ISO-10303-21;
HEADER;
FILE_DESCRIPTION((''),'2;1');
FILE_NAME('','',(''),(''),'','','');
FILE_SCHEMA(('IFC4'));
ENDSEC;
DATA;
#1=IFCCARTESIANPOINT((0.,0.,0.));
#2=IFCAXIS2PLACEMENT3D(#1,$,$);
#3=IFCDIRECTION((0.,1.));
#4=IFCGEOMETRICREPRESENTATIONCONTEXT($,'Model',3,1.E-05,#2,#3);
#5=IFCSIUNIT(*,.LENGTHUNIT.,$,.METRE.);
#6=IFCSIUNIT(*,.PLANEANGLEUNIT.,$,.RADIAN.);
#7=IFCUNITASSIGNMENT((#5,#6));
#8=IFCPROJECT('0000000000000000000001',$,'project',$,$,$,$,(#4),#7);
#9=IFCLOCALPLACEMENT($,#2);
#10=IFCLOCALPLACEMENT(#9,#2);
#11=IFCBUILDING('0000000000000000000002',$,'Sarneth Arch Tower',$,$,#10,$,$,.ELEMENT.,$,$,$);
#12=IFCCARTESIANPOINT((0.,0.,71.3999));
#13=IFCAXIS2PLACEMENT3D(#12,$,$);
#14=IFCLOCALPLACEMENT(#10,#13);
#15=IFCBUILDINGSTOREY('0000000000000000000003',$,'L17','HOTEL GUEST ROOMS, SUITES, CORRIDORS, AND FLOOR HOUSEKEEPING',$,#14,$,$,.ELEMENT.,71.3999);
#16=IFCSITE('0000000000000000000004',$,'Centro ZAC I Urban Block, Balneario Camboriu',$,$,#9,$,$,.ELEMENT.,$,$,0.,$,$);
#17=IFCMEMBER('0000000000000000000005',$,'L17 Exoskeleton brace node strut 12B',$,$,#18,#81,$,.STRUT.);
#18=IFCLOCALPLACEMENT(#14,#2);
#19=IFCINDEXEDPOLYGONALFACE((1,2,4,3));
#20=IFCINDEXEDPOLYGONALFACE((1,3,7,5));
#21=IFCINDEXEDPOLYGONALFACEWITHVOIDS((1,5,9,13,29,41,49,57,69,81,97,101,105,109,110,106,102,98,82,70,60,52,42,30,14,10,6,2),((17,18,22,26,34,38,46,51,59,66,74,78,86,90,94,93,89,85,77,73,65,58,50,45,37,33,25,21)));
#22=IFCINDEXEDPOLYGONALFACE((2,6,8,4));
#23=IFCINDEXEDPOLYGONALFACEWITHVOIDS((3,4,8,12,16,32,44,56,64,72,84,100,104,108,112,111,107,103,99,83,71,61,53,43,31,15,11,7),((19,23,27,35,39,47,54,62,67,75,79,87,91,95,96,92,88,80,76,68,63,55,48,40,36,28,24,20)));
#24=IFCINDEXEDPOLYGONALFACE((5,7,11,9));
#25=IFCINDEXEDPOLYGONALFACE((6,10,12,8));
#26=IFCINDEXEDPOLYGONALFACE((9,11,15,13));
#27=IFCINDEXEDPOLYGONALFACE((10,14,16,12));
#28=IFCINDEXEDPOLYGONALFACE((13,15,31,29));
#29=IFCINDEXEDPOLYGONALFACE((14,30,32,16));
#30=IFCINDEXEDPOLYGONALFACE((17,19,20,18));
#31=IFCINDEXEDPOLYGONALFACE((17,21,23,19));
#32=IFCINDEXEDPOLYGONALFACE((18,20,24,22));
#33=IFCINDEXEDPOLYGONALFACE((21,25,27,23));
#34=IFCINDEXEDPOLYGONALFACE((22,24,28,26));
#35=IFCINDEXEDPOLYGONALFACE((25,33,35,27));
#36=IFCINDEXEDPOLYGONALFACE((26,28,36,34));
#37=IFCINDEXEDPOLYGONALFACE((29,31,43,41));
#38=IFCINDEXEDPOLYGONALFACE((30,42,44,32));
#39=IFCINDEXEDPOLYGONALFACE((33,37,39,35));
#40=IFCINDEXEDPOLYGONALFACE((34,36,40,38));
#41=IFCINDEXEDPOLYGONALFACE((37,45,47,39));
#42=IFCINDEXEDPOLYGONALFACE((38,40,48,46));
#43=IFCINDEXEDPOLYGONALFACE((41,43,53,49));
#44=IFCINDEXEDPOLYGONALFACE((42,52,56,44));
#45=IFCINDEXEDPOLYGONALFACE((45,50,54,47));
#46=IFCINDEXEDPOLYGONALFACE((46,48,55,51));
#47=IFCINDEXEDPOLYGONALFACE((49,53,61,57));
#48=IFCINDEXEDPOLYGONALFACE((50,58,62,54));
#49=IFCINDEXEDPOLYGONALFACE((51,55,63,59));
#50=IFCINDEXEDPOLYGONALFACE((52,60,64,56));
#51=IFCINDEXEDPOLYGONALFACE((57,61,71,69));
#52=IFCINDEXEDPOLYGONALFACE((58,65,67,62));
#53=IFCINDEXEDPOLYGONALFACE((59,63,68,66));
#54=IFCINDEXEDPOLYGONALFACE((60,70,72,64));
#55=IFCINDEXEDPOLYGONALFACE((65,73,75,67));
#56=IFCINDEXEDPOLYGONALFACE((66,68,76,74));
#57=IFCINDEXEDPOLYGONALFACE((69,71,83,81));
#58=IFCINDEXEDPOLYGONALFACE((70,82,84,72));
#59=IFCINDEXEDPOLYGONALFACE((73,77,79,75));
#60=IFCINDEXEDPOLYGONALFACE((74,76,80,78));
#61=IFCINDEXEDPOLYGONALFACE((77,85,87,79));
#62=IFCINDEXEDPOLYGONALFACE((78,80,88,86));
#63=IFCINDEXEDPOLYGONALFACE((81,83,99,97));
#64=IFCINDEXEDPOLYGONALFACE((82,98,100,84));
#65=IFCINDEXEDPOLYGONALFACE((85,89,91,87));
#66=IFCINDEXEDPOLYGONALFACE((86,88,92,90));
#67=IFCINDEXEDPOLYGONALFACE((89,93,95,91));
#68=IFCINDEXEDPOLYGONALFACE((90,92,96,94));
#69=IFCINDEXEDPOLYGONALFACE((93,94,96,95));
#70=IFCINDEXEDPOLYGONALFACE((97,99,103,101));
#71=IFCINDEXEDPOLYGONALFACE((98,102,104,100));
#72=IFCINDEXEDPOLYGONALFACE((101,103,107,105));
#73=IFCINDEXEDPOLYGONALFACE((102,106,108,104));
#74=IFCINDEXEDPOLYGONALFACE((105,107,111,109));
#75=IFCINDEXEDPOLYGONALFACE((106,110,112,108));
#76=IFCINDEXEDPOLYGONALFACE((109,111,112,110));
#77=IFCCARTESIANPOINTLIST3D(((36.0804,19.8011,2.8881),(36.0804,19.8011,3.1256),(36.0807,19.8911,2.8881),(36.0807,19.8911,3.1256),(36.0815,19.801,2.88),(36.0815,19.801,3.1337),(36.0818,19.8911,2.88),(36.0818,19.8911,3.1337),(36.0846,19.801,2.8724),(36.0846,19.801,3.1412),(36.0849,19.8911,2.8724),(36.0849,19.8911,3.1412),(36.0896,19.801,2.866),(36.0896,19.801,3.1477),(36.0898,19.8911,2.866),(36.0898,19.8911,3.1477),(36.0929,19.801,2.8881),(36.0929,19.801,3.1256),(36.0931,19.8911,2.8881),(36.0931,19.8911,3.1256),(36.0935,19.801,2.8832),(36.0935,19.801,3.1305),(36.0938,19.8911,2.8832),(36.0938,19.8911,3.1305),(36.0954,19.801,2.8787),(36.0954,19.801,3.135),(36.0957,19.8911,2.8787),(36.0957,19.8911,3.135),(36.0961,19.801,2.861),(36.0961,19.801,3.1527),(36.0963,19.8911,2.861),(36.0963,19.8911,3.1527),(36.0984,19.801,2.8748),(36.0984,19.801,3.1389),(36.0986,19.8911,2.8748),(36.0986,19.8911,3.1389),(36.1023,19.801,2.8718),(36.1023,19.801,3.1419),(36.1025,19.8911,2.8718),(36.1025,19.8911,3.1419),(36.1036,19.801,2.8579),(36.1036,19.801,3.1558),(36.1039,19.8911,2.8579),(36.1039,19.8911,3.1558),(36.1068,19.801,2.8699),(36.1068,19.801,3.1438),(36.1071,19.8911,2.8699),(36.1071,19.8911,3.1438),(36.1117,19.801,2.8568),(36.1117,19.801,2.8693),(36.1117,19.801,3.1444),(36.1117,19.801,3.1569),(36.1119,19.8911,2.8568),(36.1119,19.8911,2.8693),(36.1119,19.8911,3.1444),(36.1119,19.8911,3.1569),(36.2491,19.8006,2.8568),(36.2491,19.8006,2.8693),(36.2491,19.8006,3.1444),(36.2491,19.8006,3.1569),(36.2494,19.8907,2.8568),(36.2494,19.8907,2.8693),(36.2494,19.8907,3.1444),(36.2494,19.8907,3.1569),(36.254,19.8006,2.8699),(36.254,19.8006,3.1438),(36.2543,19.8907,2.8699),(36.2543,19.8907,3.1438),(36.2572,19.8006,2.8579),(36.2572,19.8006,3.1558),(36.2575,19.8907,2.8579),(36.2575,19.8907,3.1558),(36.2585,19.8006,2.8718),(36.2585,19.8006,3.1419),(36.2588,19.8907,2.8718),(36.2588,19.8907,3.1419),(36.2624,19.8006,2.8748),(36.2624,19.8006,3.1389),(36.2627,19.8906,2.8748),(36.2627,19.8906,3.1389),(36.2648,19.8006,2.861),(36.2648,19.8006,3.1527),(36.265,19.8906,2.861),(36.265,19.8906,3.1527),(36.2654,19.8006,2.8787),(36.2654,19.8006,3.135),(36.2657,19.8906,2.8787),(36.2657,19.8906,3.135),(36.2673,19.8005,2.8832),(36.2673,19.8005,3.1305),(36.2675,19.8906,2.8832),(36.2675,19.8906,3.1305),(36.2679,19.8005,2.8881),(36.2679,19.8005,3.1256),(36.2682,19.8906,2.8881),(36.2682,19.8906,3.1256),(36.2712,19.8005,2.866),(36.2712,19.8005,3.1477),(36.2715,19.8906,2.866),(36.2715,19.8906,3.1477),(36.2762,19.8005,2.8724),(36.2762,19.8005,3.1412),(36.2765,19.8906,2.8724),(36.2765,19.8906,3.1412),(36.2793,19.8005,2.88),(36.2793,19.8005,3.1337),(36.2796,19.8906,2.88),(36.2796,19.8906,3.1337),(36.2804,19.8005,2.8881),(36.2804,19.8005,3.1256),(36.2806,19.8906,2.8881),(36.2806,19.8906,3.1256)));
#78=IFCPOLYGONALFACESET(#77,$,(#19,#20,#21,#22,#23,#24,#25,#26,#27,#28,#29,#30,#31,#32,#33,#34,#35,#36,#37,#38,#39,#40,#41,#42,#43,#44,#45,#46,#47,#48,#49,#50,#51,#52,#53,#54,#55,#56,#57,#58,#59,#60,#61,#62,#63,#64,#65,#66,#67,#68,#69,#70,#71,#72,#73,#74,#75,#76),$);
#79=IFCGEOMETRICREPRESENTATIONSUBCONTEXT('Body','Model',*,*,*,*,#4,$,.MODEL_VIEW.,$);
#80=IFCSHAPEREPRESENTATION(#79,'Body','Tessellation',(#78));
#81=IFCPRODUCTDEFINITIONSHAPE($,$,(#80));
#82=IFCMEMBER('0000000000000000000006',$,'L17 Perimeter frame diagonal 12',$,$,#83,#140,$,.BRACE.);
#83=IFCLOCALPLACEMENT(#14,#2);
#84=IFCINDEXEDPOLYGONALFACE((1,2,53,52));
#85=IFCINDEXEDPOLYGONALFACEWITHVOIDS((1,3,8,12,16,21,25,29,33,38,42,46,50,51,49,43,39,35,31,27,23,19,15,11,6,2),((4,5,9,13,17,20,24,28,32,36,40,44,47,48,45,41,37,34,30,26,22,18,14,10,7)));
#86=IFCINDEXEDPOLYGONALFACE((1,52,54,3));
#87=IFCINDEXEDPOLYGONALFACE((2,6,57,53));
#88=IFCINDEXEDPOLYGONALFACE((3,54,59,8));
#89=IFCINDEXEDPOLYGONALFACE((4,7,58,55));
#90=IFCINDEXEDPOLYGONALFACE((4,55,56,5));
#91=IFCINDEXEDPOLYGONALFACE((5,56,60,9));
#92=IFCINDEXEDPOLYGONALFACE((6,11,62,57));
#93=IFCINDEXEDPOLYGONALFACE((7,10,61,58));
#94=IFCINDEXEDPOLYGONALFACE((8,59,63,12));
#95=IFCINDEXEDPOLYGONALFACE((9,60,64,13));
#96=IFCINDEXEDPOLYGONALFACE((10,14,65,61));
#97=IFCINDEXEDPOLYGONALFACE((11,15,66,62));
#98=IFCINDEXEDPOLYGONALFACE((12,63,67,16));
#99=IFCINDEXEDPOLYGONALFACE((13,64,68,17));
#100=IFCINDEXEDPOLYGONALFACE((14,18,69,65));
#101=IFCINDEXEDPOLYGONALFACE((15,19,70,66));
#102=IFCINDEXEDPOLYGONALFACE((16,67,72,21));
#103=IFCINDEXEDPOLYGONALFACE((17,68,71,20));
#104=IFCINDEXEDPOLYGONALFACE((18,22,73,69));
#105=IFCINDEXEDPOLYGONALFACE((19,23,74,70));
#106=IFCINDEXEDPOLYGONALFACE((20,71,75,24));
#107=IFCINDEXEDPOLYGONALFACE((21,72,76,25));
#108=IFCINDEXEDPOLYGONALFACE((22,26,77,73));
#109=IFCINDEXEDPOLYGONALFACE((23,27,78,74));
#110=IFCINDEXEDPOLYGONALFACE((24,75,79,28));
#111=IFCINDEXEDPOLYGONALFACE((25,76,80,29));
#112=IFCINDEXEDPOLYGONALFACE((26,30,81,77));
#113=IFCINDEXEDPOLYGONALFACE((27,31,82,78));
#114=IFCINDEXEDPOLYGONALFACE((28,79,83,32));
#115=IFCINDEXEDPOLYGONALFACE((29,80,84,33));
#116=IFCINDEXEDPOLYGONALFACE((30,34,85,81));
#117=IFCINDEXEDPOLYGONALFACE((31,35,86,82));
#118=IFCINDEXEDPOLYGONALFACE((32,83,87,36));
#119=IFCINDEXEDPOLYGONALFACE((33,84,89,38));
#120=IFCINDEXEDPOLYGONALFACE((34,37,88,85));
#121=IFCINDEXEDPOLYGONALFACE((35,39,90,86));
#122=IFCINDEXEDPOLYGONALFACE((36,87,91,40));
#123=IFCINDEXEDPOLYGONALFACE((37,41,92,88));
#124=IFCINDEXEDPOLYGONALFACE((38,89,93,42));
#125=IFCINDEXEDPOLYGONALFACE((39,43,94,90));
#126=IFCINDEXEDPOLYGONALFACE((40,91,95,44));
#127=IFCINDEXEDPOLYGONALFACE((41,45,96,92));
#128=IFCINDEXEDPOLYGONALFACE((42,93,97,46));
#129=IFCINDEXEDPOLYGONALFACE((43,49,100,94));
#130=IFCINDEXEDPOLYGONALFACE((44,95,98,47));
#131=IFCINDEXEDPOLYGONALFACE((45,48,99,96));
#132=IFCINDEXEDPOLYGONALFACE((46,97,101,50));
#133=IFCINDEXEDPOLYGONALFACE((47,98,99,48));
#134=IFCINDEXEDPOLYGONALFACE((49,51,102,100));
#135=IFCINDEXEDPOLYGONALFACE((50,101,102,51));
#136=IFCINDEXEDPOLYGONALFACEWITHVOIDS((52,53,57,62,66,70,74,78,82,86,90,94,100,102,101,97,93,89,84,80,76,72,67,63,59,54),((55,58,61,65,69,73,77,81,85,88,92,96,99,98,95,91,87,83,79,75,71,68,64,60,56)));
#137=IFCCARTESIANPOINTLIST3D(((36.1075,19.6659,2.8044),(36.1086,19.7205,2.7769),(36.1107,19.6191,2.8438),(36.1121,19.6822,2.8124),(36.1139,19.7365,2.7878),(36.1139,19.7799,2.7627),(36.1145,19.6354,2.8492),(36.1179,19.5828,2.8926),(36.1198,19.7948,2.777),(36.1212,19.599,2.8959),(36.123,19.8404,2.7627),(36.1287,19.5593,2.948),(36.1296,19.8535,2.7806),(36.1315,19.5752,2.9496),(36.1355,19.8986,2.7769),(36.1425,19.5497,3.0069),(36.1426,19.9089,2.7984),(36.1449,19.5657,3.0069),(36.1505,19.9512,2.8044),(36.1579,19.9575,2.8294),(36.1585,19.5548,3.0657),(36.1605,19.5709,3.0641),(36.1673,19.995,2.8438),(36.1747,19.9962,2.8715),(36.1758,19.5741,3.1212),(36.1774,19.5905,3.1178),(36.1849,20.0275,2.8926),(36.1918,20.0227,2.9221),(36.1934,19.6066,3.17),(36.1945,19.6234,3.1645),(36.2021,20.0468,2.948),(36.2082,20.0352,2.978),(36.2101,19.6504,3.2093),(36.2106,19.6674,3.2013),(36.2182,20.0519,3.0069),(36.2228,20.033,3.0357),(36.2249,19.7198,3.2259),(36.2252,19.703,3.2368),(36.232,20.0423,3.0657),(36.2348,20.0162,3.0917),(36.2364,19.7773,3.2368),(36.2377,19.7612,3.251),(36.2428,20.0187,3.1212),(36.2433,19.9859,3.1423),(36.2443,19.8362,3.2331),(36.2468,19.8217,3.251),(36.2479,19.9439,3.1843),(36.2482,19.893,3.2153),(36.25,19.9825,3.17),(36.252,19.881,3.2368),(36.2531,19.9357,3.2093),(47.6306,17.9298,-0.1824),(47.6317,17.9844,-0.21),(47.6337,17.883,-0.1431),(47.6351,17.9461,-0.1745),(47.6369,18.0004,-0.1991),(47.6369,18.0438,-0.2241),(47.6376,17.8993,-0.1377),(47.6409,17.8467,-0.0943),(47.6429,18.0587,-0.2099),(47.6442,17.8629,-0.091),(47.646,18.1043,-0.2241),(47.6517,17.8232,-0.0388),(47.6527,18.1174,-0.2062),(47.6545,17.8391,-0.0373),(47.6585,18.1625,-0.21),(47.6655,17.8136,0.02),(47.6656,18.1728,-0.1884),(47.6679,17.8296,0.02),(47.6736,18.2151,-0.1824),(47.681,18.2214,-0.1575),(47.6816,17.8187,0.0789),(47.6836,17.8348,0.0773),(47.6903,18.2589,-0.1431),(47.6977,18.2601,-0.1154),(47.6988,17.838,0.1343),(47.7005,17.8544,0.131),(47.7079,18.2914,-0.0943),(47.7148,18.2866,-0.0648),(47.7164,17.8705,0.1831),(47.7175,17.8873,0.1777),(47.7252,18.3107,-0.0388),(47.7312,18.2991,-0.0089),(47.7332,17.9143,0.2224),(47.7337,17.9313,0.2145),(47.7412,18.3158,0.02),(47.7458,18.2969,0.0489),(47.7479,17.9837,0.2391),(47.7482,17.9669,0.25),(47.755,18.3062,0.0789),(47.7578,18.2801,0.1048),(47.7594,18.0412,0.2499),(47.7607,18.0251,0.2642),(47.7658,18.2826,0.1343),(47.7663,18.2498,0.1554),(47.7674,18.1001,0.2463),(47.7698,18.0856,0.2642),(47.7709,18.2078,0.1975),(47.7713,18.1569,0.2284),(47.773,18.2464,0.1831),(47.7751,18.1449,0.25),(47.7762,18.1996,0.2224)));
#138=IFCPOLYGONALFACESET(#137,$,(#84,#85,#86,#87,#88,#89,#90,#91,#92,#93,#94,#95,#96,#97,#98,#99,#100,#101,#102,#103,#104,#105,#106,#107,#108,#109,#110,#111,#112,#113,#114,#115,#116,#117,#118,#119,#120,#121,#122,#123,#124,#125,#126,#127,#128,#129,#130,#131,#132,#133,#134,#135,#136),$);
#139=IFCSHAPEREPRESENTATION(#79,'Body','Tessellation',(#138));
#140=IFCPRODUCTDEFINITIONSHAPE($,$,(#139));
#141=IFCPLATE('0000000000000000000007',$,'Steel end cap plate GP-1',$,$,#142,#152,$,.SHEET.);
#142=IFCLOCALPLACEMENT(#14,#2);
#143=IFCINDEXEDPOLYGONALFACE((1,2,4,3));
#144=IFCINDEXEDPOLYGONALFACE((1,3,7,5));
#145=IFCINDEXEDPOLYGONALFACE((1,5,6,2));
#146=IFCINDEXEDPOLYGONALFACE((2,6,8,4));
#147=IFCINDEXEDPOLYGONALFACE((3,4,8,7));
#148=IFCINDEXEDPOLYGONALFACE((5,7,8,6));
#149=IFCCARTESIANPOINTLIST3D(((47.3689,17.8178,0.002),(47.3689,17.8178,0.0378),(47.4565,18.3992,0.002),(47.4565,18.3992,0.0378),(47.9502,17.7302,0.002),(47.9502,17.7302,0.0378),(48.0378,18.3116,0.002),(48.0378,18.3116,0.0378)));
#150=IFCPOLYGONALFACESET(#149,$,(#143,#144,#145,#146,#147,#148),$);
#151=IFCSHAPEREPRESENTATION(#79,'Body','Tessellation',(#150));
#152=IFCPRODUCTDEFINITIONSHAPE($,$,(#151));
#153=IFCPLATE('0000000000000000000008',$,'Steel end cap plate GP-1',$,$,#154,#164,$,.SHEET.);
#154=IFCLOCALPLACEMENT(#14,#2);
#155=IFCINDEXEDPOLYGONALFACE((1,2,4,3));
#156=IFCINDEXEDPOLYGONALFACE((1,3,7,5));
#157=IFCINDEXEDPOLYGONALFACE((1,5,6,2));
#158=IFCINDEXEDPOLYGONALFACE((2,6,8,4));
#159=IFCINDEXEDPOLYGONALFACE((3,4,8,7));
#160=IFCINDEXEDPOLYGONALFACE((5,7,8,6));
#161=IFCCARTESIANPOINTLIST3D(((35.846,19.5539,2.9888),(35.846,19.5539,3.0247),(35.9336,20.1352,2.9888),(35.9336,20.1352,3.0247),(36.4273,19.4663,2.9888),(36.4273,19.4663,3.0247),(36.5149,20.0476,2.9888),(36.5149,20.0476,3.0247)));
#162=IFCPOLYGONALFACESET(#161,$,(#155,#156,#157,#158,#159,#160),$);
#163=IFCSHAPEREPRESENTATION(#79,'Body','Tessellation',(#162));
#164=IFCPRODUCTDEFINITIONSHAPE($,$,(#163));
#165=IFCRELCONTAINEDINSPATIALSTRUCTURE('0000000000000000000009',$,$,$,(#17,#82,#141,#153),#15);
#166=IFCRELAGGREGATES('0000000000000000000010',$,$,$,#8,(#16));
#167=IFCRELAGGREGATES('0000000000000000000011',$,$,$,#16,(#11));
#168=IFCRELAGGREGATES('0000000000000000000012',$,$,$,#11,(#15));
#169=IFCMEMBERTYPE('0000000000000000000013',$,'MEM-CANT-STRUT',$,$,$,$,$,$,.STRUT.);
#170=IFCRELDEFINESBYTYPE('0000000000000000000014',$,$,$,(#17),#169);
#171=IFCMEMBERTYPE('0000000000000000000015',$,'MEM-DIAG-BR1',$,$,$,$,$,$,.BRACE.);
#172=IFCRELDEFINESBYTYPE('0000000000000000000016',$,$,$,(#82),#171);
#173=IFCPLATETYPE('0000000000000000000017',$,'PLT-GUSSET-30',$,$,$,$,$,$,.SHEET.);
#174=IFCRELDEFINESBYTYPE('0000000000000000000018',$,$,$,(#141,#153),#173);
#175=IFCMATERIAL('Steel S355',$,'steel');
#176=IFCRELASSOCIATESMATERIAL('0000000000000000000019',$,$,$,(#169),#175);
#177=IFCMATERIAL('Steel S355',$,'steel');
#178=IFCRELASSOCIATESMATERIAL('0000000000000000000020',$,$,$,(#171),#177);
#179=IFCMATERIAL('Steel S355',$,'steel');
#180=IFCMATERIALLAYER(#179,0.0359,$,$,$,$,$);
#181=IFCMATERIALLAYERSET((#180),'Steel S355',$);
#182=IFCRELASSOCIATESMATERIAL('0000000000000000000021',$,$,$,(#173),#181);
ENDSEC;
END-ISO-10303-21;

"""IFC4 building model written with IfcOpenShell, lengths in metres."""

from ifc_helpers import new_model, si_unit, direction, frame, origin, origin_2d, place, context, subcontext, project, spatial, rectangle, hollow_rectangle, hollow_circle, extrude, material, layer, layer_set, material_profile, profile_set, type_object, element, save


model = new_model("IFC4")

# Units and contexts
model_context = context("Model", 3, precision=1e-05, world=origin(), true_north=direction((0.0, 1.0)))
body_context = subcontext(model_context, "Body", "Model", "MODEL_VIEW")
ifc_project = project(units=[si_unit("LENGTHUNIT", "METRE"), si_unit("PLANEANGLEUNIT", "RADIAN")], contexts=[model_context])

# Site, building, storey
site_placement = place(None, origin())
site = spatial("IfcSite", under=ifc_project, at=site_placement, Name="Centro ZAC I Urban Block, Balneario Camboriu", CompositionType="ELEMENT", RefElevation=0.0)
building_placement = place(site_placement, origin())
building = spatial("IfcBuilding", under=site, at=building_placement, Name="Sarneth Arch Tower", CompositionType="ELEMENT")
storey_placement = place(building_placement, frame((0.0, 0.0, 71.3999)))
storey = spatial("IfcBuildingStorey", under=building, at=storey_placement, Name="L17", Description="HOTEL GUEST ROOMS, SUITES, CORRIDORS, AND FLOOR HOUSEKEEPING", CompositionType="ELEMENT", Elevation=71.3999)

# Members
ifc_material_1 = material(Name="Steel S355", Category="steel")
ifc_material_profile_1 = material_profile(ifc_material_1, hollow_rectangle(XDim=0.2, YDim=0.3, WallThickness=0.0125, InnerFilletRadius=0.0188, OuterFilletRadius=0.0312, at=origin_2d()), Name="RHS300x200x12.5")
ifc_profile_set_1 = profile_set([ifc_material_profile_1], Name="Steel S355")
member_type_1 = type_object("IfcMemberType", Name="MEM-CANT-STRUT", PredefinedType="STRUT", material=ifc_profile_set_1)
member_1_placement = place(storey_placement, frame((36.1807, 19.8909, 3.0068), z_axis=(-0.00271, -0.999996, 0.0), x_axis=(0.999996, -0.00271, 0.0)))
element("IfcMember", 1, at=member_1_placement, inside=storey, type_object=member_type_1, Name="L17 Exoskeleton brace node strut 12B", PredefinedType="STRUT", context=body_context, shape_type="SweptSolid", body=[
    extrude(hollow_rectangle(XDim=0.2, YDim=0.3, WallThickness=0.0125, InnerFilletRadius=0.0188, OuterFilletRadius=0.0312, at=origin_2d()), origin(), (0.0, 0.0, 1.0), 0.0901),
])
ifc_material_2 = material(Name="Steel S355", Category="steel")
ifc_material_profile_2 = material_profile(ifc_material_2, hollow_circle(Radius=0.2539, WallThickness=0.0161, at=origin_2d()), Name="CHS508x16")
ifc_profile_set_2 = profile_set([ifc_material_profile_2], Name="Steel S355")
member_type_2 = type_object("IfcMemberType", Name="MEM-DIAG-BR1", PredefinedType="BRACE", material=ifc_profile_set_2)
member_2_placement = place(storey_placement, frame((47.7034, 18.0647, 0.02), z_axis=(-0.957876, 0.144317, 0.248287), x_axis=(-0.148982, -0.98884, 0.0)))
element("IfcMember", 2, at=member_2_placement, inside=storey, type_object=member_type_2, Name="L17 Perimeter frame diagonal 12", PredefinedType="BRACE", context=body_context, shape_type="SweptSolid", body=[
    extrude(hollow_circle(Radius=0.2539, WallThickness=0.0161, at=origin_2d()), origin(), (0.0, 0.0, 1.0), 12.0298),
])

# Plates
ifc_material_3 = material(Name="Steel S355", Category="steel")
ifc_layer_1 = layer(ifc_material_3, 0.0359)
ifc_layer_set_1 = layer_set([ifc_layer_1], Name="Steel S355")
plate_type = type_object("IfcPlateType", Name="PLT-GUSSET-30", PredefinedType="SHEET", material=ifc_layer_set_1)
for number, where, z_axis, x_axis, name in (
    (3, (47.7034, 18.0647, 0.002), (0.0, 0.0, 1.0), (0.988835, -0.149018, 0.0), "Steel end cap plate GP-1"),
    (4, (36.1804, 19.8008, 2.9888), (0.0, 0.0, 1.0), (0.988835, -0.149018, 0.0), "Steel end cap plate GP-1"),
):
    element("IfcPlate", number, at=place(storey_placement, frame(where, z_axis=z_axis, x_axis=x_axis)), inside=storey, type_object=plate_type, Name=name, PredefinedType="SHEET", context=body_context, shape_type="SweptSolid", body=[
        extrude(rectangle(XDim=0.5879, YDim=0.5879, at=origin_2d()), origin(), (0.0, 0.0, 1.0), 0.0359),
    ])

save(model, "model.ifc")
